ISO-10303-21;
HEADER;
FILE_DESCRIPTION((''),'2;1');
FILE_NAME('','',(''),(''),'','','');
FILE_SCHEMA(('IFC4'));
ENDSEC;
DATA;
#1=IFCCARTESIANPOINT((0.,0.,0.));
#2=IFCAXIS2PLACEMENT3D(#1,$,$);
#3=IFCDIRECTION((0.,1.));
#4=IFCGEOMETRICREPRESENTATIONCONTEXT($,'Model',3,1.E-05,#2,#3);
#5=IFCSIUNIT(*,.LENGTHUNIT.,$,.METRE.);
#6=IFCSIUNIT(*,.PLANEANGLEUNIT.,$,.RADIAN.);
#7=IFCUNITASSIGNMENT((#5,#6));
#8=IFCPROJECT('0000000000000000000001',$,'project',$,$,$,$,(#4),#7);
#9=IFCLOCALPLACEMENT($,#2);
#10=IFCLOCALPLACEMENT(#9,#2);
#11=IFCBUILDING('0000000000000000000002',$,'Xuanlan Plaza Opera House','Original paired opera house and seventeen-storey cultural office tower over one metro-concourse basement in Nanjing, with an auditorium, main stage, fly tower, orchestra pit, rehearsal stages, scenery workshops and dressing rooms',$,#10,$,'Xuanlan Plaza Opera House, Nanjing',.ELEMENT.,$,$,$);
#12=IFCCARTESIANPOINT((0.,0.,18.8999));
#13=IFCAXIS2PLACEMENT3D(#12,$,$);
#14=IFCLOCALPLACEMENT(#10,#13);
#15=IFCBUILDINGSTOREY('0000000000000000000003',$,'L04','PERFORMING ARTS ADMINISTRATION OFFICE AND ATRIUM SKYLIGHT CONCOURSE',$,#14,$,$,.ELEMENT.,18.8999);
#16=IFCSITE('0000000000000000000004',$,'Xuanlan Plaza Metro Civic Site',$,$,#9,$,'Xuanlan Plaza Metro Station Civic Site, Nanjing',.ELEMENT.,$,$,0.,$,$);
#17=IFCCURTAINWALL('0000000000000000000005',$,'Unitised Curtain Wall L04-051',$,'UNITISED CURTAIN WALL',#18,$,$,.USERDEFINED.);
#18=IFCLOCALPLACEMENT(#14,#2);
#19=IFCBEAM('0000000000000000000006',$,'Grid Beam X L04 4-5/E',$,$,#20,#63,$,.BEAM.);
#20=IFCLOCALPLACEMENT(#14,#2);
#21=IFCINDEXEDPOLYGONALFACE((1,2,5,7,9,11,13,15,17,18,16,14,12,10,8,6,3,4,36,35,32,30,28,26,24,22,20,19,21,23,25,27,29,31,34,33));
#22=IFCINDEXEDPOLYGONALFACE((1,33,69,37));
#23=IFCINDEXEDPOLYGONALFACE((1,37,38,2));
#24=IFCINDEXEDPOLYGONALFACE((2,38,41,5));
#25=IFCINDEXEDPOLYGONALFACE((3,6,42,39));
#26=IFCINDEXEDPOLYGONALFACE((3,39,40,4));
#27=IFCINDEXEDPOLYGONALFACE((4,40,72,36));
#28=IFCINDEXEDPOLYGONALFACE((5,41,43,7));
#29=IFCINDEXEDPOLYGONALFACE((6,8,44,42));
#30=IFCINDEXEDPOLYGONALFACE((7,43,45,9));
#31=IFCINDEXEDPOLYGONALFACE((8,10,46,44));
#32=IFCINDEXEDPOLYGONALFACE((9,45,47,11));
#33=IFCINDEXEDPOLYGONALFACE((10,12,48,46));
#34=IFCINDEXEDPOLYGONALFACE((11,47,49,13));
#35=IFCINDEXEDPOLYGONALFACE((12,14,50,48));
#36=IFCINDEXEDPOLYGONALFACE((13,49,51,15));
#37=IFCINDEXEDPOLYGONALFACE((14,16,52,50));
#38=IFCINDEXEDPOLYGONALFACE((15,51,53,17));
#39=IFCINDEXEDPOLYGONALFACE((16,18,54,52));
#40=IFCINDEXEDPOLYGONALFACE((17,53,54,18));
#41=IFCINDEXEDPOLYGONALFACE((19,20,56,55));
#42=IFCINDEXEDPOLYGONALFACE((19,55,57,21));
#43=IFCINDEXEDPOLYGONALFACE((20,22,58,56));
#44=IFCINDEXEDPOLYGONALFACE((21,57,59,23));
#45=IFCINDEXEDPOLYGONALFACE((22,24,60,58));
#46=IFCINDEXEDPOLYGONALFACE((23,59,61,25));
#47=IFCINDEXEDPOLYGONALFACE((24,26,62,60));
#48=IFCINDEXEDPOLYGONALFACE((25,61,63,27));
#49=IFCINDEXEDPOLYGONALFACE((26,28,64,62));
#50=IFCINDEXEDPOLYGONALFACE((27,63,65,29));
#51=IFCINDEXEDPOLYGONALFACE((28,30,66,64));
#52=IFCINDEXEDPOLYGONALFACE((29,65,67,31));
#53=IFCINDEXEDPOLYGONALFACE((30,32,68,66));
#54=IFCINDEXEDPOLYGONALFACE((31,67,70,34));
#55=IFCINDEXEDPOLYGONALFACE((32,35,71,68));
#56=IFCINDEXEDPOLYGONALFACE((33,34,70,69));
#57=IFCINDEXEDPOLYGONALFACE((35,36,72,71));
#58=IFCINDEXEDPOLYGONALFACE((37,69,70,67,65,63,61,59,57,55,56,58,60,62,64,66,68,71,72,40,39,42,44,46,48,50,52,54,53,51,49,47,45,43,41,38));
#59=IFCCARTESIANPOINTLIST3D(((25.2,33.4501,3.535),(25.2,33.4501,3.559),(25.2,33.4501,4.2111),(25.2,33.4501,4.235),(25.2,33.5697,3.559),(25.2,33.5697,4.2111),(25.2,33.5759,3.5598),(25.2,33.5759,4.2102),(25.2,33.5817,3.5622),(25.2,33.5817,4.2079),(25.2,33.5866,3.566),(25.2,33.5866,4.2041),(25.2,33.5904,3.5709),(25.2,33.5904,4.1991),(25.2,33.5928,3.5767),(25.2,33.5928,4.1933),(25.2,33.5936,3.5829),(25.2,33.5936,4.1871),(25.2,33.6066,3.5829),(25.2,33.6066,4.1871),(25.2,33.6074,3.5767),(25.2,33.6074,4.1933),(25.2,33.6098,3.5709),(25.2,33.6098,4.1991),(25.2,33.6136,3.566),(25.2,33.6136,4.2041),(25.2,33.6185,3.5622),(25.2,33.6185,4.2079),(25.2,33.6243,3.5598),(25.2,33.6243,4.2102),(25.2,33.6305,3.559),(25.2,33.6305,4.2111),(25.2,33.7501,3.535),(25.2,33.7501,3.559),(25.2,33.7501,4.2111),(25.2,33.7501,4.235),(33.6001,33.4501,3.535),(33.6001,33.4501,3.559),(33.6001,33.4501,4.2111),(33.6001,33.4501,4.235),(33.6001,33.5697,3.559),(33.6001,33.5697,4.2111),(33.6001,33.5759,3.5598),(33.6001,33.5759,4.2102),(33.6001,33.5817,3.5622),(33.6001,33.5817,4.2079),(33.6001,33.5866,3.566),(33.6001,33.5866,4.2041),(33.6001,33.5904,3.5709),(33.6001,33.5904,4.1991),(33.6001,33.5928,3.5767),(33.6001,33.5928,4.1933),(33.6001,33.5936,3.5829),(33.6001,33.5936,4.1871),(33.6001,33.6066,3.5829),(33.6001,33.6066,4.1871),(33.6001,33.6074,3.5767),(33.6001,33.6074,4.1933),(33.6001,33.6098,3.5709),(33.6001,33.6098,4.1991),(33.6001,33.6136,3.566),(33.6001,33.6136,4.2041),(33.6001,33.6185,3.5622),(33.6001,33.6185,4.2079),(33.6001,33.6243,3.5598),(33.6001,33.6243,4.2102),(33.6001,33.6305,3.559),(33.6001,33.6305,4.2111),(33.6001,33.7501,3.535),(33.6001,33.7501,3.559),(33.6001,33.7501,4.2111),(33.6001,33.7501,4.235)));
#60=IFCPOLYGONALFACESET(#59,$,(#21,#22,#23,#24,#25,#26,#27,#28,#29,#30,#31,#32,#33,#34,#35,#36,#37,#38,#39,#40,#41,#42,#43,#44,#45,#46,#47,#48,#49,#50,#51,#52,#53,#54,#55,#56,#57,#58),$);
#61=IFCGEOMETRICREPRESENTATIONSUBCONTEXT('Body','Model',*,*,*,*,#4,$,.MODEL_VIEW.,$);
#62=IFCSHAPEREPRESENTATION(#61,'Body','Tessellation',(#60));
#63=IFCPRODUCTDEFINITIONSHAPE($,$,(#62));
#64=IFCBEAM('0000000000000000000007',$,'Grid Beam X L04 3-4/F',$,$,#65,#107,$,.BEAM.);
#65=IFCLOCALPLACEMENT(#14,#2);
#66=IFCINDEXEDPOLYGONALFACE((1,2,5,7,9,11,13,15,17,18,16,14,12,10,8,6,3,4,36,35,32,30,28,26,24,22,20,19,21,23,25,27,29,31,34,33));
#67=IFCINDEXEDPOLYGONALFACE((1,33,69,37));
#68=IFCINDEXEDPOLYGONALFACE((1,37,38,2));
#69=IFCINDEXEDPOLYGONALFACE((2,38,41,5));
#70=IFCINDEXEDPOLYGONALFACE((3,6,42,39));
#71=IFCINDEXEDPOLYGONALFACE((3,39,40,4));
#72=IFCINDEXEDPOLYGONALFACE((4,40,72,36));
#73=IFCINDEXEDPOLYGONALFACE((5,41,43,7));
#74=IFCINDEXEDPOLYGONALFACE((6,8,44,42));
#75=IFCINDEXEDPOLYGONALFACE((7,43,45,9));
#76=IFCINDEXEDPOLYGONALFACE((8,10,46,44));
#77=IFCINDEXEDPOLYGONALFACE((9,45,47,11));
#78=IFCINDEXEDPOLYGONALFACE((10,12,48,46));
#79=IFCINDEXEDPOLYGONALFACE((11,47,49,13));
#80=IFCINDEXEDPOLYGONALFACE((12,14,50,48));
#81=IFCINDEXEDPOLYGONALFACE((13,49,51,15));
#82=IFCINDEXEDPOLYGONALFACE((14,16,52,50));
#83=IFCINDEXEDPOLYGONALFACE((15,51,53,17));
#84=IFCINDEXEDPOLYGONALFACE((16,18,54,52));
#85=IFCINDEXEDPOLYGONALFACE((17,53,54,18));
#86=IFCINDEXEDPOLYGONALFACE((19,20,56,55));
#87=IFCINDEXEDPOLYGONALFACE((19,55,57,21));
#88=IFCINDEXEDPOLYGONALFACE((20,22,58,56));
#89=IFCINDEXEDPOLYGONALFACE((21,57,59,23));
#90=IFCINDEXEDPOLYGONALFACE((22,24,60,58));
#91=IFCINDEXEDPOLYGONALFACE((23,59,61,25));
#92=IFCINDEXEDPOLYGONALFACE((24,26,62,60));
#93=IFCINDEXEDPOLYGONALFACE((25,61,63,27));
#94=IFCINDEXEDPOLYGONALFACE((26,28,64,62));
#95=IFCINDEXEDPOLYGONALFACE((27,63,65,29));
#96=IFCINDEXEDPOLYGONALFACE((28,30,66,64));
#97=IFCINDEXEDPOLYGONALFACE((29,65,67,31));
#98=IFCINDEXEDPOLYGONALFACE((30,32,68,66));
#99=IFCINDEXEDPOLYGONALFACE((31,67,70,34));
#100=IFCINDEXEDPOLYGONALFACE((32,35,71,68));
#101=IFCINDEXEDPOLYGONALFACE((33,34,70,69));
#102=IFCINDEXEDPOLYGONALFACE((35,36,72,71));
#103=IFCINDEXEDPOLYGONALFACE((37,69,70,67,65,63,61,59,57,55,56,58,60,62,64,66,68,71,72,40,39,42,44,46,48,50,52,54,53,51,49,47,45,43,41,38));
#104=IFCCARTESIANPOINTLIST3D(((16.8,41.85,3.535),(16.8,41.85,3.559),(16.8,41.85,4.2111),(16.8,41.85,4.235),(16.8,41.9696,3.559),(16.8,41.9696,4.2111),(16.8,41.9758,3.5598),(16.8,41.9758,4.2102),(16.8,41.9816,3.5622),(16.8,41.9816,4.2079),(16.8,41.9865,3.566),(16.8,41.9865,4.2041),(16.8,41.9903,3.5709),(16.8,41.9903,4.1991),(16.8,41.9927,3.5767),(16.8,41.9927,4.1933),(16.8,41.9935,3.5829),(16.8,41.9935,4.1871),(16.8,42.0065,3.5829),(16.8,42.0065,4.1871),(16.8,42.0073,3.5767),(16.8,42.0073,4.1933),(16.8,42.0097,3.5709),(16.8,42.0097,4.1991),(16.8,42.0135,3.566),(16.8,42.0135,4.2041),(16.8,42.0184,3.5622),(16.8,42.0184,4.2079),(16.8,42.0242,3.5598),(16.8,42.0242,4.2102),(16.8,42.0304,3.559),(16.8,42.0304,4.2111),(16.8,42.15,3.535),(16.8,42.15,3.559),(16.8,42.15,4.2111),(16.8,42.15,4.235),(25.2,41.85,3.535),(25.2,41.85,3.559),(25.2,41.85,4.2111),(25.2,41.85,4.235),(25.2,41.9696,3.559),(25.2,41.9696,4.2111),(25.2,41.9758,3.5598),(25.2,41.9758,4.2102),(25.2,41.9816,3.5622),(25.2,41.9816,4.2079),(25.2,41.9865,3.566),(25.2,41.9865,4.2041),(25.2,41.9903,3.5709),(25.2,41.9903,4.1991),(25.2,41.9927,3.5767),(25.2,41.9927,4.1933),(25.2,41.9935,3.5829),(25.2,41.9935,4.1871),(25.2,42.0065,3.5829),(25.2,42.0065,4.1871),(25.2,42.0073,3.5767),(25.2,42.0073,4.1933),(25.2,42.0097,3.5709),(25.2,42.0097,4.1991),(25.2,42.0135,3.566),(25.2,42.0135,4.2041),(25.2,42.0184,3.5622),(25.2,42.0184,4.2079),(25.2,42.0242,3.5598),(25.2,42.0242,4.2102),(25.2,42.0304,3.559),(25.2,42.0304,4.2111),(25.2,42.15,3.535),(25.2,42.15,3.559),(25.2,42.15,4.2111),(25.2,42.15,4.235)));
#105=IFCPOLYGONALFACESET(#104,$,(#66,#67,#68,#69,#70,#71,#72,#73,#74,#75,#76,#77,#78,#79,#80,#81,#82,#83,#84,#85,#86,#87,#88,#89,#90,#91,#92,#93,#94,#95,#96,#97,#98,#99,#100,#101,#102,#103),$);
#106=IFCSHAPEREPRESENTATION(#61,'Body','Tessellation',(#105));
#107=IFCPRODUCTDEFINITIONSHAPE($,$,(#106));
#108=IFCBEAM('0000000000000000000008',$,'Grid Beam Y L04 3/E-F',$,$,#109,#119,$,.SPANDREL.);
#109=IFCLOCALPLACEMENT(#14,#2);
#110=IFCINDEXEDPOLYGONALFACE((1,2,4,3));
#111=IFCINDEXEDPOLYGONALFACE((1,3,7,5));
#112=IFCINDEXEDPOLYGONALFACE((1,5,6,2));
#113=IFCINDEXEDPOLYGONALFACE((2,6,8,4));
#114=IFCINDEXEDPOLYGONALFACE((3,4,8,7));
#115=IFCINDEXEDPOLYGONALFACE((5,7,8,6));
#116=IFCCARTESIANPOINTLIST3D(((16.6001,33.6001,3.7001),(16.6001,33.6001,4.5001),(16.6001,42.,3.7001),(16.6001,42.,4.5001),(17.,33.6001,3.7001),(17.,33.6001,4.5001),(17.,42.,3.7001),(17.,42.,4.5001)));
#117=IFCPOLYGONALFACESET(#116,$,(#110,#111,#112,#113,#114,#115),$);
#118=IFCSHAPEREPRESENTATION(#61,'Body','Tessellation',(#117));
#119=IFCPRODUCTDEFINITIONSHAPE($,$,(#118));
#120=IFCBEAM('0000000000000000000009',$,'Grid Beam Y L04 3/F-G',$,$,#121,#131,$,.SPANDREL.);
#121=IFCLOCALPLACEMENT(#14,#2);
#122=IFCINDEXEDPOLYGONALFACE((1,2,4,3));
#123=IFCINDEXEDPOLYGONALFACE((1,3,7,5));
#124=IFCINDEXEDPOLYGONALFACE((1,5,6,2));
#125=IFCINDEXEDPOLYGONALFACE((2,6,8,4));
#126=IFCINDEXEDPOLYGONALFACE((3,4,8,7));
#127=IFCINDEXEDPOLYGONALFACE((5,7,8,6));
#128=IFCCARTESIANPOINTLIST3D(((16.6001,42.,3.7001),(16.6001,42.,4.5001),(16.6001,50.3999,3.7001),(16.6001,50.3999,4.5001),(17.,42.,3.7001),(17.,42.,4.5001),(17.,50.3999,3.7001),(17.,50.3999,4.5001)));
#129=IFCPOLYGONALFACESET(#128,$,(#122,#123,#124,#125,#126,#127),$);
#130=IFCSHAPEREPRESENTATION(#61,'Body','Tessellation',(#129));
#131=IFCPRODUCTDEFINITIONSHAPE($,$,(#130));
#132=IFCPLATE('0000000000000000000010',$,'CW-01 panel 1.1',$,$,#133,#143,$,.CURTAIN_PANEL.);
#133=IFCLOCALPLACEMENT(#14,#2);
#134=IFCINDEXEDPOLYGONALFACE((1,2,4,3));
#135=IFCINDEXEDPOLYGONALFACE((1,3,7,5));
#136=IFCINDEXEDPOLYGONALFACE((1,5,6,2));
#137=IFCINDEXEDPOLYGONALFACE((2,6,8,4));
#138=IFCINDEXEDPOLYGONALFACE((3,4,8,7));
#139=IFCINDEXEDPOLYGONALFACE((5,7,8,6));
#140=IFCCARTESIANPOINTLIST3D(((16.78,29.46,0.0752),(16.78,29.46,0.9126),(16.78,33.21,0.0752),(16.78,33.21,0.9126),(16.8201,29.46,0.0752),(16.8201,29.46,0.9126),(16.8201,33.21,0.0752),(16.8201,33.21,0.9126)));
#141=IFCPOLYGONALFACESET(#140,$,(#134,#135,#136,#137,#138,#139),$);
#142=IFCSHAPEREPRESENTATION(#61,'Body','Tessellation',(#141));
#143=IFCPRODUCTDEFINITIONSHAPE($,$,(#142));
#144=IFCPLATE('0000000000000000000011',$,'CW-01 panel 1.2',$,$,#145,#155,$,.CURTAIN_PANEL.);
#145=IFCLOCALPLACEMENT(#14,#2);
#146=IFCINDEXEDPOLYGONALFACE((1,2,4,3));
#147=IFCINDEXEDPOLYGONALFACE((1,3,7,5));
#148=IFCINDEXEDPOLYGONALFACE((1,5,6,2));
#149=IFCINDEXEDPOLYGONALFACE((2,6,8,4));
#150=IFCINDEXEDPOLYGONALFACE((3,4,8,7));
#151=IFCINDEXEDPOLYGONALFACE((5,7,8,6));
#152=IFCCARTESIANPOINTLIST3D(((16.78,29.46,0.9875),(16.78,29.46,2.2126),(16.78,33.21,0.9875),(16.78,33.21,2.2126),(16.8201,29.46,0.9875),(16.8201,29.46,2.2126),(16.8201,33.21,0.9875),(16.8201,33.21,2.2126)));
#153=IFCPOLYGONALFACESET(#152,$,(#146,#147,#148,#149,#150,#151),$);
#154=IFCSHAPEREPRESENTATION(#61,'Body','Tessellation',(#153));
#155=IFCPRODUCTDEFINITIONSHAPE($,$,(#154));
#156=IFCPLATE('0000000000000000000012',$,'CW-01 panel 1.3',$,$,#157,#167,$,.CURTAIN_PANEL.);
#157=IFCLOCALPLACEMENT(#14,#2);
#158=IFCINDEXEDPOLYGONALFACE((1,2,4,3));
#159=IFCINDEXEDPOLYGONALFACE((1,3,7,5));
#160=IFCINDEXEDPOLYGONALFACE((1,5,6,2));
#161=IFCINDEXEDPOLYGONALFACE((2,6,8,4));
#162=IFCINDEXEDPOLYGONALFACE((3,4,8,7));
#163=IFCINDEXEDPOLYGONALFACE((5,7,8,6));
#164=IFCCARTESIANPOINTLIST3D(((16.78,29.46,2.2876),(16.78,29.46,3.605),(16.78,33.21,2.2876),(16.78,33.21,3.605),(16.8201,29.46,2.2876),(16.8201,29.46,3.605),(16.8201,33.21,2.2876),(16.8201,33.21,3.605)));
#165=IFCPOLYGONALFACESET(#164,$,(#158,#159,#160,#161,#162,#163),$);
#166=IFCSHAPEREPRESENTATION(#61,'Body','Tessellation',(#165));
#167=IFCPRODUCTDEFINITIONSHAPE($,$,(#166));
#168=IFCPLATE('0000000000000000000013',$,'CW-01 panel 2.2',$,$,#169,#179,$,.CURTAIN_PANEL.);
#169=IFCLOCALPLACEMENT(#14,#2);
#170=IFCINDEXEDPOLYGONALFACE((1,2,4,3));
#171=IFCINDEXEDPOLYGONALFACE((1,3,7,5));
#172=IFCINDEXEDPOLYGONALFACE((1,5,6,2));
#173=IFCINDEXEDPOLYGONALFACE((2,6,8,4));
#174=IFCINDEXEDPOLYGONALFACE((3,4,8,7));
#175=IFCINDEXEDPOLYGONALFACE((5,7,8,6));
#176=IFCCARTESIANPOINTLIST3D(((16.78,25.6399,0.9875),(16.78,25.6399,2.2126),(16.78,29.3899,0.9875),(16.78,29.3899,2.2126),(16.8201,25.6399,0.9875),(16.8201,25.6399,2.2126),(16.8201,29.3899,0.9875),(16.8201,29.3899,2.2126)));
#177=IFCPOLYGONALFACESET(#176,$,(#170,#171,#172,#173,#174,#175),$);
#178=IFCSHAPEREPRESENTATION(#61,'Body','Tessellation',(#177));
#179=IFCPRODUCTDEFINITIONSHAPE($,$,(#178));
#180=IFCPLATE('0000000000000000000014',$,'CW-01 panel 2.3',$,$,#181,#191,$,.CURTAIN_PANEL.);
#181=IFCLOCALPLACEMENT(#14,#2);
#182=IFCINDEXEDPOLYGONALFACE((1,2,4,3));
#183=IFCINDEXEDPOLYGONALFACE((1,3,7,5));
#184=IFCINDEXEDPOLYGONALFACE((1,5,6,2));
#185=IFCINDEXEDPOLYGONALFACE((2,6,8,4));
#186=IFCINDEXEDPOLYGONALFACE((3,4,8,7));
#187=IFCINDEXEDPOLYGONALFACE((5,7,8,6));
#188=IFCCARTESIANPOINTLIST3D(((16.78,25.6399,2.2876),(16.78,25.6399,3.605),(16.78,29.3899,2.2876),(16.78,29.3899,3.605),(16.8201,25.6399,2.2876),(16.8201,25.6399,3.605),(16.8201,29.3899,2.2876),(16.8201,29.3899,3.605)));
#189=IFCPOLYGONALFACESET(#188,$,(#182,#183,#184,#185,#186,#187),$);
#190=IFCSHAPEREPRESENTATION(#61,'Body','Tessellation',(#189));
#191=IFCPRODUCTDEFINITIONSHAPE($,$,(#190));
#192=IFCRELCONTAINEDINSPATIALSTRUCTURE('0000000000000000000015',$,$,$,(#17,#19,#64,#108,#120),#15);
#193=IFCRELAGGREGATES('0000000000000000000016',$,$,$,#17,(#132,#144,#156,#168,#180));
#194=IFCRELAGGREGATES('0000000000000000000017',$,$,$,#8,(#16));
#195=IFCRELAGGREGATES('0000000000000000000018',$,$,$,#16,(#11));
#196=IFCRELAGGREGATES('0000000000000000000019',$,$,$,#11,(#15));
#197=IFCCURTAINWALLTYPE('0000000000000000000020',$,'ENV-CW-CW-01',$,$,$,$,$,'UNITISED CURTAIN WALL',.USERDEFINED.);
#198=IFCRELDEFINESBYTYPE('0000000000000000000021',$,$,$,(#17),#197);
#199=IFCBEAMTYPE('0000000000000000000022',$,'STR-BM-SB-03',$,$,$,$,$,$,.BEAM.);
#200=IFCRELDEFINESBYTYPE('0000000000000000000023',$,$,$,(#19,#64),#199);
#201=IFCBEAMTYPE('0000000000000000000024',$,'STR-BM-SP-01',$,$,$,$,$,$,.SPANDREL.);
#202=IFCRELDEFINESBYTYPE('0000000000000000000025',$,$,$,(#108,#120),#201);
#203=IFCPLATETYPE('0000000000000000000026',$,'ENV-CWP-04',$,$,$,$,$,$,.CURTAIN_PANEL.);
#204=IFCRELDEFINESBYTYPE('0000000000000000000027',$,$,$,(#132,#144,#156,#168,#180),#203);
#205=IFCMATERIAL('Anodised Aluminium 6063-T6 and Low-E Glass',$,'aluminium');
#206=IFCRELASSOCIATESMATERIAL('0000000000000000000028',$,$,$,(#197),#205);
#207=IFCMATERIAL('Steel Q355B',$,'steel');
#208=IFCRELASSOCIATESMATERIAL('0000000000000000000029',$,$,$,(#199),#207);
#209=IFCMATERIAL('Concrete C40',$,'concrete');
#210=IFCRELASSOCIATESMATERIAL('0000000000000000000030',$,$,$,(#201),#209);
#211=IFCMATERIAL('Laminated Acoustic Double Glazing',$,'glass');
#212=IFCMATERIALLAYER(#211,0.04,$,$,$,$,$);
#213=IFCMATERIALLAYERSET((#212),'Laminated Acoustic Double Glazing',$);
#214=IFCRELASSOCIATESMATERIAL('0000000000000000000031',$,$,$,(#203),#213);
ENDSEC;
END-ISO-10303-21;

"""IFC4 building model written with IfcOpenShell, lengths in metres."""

from ifc_helpers import new_model, si_unit, direction, frame, origin, origin_2d, place, context, subcontext, project, spatial, rectangle, i_section, extrude, material, layer, layer_set, material_profile, profile_set, type_object, element, aggregate, save


model = new_model("IFC4")

# Units and contexts
model_context = context("Model", 3, precision=1e-05, world=origin(), true_north=direction((0.0, 1.0)))
body_context = subcontext(model_context, "Body", "Model", "MODEL_VIEW")
ifc_project = project(units=[si_unit("LENGTHUNIT", "METRE"), si_unit("PLANEANGLEUNIT", "RADIAN")], contexts=[model_context])

# Site, building, storey
site_placement = place(None, origin())
site = spatial("IfcSite", under=ifc_project, at=site_placement, Name="Xuanlan Plaza Metro Civic Site", LongName="Xuanlan Plaza Metro Station Civic Site, Nanjing", CompositionType="ELEMENT", RefElevation=0.0)
building_placement = place(site_placement, origin())
building = spatial("IfcBuilding", under=site, at=building_placement, Name="Xuanlan Plaza Opera House", Description="Original paired opera house and seventeen-storey cultural office tower over one metro-concourse basement in Nanjing, with an auditorium, main stage, fly tower, orchestra pit, rehearsal stages, scenery workshops and dressing rooms", LongName="Xuanlan Plaza Opera House, Nanjing", CompositionType="ELEMENT")
storey_placement = place(building_placement, frame((0.0, 0.0, 18.8999)))
storey = spatial("IfcBuildingStorey", under=building, at=storey_placement, Name="L04", Description="PERFORMING ARTS ADMINISTRATION OFFICE AND ATRIUM SKYLIGHT CONCOURSE", CompositionType="ELEMENT", Elevation=18.8999)

# Shared definitions
ifc_material_1 = material(Name="Concrete C40", Category="concrete")

# Curtain wall
ifc_material_2 = material(Name="Anodised Aluminium 6063-T6 and Low-E Glass", Category="aluminium")
curtain_wall_type = type_object("IfcCurtainWallType", Name="ENV-CW-CW-01", ElementType="UNITISED CURTAIN WALL", PredefinedType="USERDEFINED", material=ifc_material_2)
curtain_wall_placement = place(storey_placement, origin())
curtain_wall = element("IfcCurtainWall", 1, at=curtain_wall_placement, inside=storey, type_object=curtain_wall_type, Name="Unitised Curtain Wall L04-051", ObjectType="UNITISED CURTAIN WALL", PredefinedType="USERDEFINED")

# Beams
ifc_material_3 = material(Name="Steel Q355B", Category="steel")
ifc_material_profile_1 = material_profile(ifc_material_3, i_section(OverallWidth=0.3, OverallDepth=0.7, WebThickness=0.0129, FlangeThickness=0.0239, FilletRadius=0.0239, at=origin_2d()), Name="HN 700x300x13x24")
ifc_profile_set_1 = profile_set([ifc_material_profile_1], Name="Steel Q355B")
beam_type_1 = type_object("IfcBeamType", Name="STR-BM-SB-03", PredefinedType="BEAM", material=ifc_profile_set_1)
beam_1_placement = place(storey_placement, frame((25.2, 33.6001, 3.885), z_axis=(1.0, 0.0, 0.0), x_axis=(0.0, 1.0, 0.0)))
element("IfcBeam", 2, at=beam_1_placement, inside=storey, type_object=beam_type_1, Name="Grid Beam X L04 4-5/E", PredefinedType="BEAM", context=body_context, shape_type="SweptSolid", body=[
    extrude(i_section(OverallWidth=0.3, OverallDepth=0.7, WebThickness=0.0129, FlangeThickness=0.0239, FilletRadius=0.0239, at=origin_2d()), origin(), (0.0, 0.0, 1.0), 8.4001),
])
beam_2_placement = place(storey_placement, frame((16.8, 42.0, 3.885), z_axis=(1.0, 0.0, 0.0), x_axis=(0.0, 1.0, 0.0)))
element("IfcBeam", 3, at=beam_2_placement, inside=storey, type_object=beam_type_1, Name="Grid Beam X L04 3-4/F", PredefinedType="BEAM", context=body_context, shape_type="SweptSolid", body=[
    extrude(i_section(OverallWidth=0.3, OverallDepth=0.7, WebThickness=0.0129, FlangeThickness=0.0239, FilletRadius=0.0239, at=origin_2d()), origin(), (0.0, 0.0, 1.0), 8.3999),
])
ifc_material_profile_2 = material_profile(ifc_material_1, rectangle(XDim=0.3999, YDim=0.8, at=origin_2d()), Name="RC-SPD 400x800")
ifc_profile_set_2 = profile_set([ifc_material_profile_2], Name="Concrete C40")
beam_type_2 = type_object("IfcBeamType", Name="STR-BM-SP-01", PredefinedType="SPANDREL", material=ifc_profile_set_2)
for number, where, z_axis, x_axis, name in (
    (4, (16.8, 33.6001, 4.1001), (0.0, 1.0, 0.0), (-1.0, 0.0, 0.0), "Grid Beam Y L04 3/E-F"),
    (5, (16.8, 42.0, 4.1001), (0.0, 1.0, 0.0), (-1.0, 0.0, 0.0), "Grid Beam Y L04 3/F-G"),
):
    element("IfcBeam", number, at=place(storey_placement, frame(where, z_axis=z_axis, x_axis=x_axis)), inside=storey, type_object=beam_type_2, Name=name, PredefinedType="SPANDREL", context=body_context, shape_type="SweptSolid", body=[
        extrude(rectangle(XDim=0.3999, YDim=0.8, at=origin_2d()), origin(), (0.0, 0.0, 1.0), 8.3999),
    ])

# Plates
ifc_material_4 = material(Name="Laminated Acoustic Double Glazing", Category="glass")
ifc_layer_1 = layer(ifc_material_4, 0.04)
ifc_layer_set_1 = layer_set([ifc_layer_1], Name="Laminated Acoustic Double Glazing")
plate_type = type_object("IfcPlateType", Name="ENV-CWP-04", PredefinedType="CURTAIN_PANEL", material=ifc_layer_set_1)
plate_1_placement = place(storey_placement, frame((16.8, 31.335, 0.0752), z_axis=(0.0, 0.0, 1.0), x_axis=(0.0, -1.0, 0.0)))
plate_1 = element("IfcPlate", 6, at=plate_1_placement, type_object=plate_type, Name="CW-01 panel 1.1", PredefinedType="CURTAIN_PANEL", context=body_context, shape_type="SweptSolid", body=[
    extrude(rectangle(XDim=3.75, YDim=0.04, at=origin_2d()), origin(), (0.0, 0.0, 1.0), 0.8374),
])
plate_2_placement = place(storey_placement, frame((16.8, 31.335, 0.9875), z_axis=(0.0, 0.0, 1.0), x_axis=(0.0, -1.0, 0.0)))
plate_2 = element("IfcPlate", 7, at=plate_2_placement, type_object=plate_type, Name="CW-01 panel 1.2", PredefinedType="CURTAIN_PANEL", context=body_context, shape_type="SweptSolid", body=[
    extrude(rectangle(XDim=3.75, YDim=0.04, at=origin_2d()), origin(), (0.0, 0.0, 1.0), 1.2251),
])
plate_3_placement = place(storey_placement, frame((16.8, 31.335, 2.2876), z_axis=(0.0, 0.0, 1.0), x_axis=(0.0, -1.0, 0.0)))
plate_3 = element("IfcPlate", 8, at=plate_3_placement, type_object=plate_type, Name="CW-01 panel 1.3", PredefinedType="CURTAIN_PANEL", context=body_context, shape_type="SweptSolid", body=[
    extrude(rectangle(XDim=3.75, YDim=0.04, at=origin_2d()), origin(), (0.0, 0.0, 1.0), 1.3174),
])
plate_4_placement = place(storey_placement, frame((16.8, 27.5149, 0.9875), z_axis=(0.0, 0.0, 1.0), x_axis=(0.0, -1.0, 0.0)))
plate_4 = element("IfcPlate", 9, at=plate_4_placement, type_object=plate_type, Name="CW-01 panel 2.2", PredefinedType="CURTAIN_PANEL", context=body_context, shape_type="SweptSolid", body=[
    extrude(rectangle(XDim=3.75, YDim=0.04, at=origin_2d()), origin(), (0.0, 0.0, 1.0), 1.2251),
])
plate_5_placement = place(storey_placement, frame((16.8, 27.5149, 2.2876), z_axis=(0.0, 0.0, 1.0), x_axis=(0.0, -1.0, 0.0)))
plate_5 = element("IfcPlate", 10, at=plate_5_placement, type_object=plate_type, Name="CW-01 panel 2.3", PredefinedType="CURTAIN_PANEL", context=body_context, shape_type="SweptSolid", body=[
    extrude(rectangle(XDim=3.75, YDim=0.04, at=origin_2d()), origin(), (0.0, 0.0, 1.0), 1.3174),
])
aggregate(curtain_wall, [plate_1, plate_2, plate_3, plate_4, plate_5])

save(model, "model.ifc")
